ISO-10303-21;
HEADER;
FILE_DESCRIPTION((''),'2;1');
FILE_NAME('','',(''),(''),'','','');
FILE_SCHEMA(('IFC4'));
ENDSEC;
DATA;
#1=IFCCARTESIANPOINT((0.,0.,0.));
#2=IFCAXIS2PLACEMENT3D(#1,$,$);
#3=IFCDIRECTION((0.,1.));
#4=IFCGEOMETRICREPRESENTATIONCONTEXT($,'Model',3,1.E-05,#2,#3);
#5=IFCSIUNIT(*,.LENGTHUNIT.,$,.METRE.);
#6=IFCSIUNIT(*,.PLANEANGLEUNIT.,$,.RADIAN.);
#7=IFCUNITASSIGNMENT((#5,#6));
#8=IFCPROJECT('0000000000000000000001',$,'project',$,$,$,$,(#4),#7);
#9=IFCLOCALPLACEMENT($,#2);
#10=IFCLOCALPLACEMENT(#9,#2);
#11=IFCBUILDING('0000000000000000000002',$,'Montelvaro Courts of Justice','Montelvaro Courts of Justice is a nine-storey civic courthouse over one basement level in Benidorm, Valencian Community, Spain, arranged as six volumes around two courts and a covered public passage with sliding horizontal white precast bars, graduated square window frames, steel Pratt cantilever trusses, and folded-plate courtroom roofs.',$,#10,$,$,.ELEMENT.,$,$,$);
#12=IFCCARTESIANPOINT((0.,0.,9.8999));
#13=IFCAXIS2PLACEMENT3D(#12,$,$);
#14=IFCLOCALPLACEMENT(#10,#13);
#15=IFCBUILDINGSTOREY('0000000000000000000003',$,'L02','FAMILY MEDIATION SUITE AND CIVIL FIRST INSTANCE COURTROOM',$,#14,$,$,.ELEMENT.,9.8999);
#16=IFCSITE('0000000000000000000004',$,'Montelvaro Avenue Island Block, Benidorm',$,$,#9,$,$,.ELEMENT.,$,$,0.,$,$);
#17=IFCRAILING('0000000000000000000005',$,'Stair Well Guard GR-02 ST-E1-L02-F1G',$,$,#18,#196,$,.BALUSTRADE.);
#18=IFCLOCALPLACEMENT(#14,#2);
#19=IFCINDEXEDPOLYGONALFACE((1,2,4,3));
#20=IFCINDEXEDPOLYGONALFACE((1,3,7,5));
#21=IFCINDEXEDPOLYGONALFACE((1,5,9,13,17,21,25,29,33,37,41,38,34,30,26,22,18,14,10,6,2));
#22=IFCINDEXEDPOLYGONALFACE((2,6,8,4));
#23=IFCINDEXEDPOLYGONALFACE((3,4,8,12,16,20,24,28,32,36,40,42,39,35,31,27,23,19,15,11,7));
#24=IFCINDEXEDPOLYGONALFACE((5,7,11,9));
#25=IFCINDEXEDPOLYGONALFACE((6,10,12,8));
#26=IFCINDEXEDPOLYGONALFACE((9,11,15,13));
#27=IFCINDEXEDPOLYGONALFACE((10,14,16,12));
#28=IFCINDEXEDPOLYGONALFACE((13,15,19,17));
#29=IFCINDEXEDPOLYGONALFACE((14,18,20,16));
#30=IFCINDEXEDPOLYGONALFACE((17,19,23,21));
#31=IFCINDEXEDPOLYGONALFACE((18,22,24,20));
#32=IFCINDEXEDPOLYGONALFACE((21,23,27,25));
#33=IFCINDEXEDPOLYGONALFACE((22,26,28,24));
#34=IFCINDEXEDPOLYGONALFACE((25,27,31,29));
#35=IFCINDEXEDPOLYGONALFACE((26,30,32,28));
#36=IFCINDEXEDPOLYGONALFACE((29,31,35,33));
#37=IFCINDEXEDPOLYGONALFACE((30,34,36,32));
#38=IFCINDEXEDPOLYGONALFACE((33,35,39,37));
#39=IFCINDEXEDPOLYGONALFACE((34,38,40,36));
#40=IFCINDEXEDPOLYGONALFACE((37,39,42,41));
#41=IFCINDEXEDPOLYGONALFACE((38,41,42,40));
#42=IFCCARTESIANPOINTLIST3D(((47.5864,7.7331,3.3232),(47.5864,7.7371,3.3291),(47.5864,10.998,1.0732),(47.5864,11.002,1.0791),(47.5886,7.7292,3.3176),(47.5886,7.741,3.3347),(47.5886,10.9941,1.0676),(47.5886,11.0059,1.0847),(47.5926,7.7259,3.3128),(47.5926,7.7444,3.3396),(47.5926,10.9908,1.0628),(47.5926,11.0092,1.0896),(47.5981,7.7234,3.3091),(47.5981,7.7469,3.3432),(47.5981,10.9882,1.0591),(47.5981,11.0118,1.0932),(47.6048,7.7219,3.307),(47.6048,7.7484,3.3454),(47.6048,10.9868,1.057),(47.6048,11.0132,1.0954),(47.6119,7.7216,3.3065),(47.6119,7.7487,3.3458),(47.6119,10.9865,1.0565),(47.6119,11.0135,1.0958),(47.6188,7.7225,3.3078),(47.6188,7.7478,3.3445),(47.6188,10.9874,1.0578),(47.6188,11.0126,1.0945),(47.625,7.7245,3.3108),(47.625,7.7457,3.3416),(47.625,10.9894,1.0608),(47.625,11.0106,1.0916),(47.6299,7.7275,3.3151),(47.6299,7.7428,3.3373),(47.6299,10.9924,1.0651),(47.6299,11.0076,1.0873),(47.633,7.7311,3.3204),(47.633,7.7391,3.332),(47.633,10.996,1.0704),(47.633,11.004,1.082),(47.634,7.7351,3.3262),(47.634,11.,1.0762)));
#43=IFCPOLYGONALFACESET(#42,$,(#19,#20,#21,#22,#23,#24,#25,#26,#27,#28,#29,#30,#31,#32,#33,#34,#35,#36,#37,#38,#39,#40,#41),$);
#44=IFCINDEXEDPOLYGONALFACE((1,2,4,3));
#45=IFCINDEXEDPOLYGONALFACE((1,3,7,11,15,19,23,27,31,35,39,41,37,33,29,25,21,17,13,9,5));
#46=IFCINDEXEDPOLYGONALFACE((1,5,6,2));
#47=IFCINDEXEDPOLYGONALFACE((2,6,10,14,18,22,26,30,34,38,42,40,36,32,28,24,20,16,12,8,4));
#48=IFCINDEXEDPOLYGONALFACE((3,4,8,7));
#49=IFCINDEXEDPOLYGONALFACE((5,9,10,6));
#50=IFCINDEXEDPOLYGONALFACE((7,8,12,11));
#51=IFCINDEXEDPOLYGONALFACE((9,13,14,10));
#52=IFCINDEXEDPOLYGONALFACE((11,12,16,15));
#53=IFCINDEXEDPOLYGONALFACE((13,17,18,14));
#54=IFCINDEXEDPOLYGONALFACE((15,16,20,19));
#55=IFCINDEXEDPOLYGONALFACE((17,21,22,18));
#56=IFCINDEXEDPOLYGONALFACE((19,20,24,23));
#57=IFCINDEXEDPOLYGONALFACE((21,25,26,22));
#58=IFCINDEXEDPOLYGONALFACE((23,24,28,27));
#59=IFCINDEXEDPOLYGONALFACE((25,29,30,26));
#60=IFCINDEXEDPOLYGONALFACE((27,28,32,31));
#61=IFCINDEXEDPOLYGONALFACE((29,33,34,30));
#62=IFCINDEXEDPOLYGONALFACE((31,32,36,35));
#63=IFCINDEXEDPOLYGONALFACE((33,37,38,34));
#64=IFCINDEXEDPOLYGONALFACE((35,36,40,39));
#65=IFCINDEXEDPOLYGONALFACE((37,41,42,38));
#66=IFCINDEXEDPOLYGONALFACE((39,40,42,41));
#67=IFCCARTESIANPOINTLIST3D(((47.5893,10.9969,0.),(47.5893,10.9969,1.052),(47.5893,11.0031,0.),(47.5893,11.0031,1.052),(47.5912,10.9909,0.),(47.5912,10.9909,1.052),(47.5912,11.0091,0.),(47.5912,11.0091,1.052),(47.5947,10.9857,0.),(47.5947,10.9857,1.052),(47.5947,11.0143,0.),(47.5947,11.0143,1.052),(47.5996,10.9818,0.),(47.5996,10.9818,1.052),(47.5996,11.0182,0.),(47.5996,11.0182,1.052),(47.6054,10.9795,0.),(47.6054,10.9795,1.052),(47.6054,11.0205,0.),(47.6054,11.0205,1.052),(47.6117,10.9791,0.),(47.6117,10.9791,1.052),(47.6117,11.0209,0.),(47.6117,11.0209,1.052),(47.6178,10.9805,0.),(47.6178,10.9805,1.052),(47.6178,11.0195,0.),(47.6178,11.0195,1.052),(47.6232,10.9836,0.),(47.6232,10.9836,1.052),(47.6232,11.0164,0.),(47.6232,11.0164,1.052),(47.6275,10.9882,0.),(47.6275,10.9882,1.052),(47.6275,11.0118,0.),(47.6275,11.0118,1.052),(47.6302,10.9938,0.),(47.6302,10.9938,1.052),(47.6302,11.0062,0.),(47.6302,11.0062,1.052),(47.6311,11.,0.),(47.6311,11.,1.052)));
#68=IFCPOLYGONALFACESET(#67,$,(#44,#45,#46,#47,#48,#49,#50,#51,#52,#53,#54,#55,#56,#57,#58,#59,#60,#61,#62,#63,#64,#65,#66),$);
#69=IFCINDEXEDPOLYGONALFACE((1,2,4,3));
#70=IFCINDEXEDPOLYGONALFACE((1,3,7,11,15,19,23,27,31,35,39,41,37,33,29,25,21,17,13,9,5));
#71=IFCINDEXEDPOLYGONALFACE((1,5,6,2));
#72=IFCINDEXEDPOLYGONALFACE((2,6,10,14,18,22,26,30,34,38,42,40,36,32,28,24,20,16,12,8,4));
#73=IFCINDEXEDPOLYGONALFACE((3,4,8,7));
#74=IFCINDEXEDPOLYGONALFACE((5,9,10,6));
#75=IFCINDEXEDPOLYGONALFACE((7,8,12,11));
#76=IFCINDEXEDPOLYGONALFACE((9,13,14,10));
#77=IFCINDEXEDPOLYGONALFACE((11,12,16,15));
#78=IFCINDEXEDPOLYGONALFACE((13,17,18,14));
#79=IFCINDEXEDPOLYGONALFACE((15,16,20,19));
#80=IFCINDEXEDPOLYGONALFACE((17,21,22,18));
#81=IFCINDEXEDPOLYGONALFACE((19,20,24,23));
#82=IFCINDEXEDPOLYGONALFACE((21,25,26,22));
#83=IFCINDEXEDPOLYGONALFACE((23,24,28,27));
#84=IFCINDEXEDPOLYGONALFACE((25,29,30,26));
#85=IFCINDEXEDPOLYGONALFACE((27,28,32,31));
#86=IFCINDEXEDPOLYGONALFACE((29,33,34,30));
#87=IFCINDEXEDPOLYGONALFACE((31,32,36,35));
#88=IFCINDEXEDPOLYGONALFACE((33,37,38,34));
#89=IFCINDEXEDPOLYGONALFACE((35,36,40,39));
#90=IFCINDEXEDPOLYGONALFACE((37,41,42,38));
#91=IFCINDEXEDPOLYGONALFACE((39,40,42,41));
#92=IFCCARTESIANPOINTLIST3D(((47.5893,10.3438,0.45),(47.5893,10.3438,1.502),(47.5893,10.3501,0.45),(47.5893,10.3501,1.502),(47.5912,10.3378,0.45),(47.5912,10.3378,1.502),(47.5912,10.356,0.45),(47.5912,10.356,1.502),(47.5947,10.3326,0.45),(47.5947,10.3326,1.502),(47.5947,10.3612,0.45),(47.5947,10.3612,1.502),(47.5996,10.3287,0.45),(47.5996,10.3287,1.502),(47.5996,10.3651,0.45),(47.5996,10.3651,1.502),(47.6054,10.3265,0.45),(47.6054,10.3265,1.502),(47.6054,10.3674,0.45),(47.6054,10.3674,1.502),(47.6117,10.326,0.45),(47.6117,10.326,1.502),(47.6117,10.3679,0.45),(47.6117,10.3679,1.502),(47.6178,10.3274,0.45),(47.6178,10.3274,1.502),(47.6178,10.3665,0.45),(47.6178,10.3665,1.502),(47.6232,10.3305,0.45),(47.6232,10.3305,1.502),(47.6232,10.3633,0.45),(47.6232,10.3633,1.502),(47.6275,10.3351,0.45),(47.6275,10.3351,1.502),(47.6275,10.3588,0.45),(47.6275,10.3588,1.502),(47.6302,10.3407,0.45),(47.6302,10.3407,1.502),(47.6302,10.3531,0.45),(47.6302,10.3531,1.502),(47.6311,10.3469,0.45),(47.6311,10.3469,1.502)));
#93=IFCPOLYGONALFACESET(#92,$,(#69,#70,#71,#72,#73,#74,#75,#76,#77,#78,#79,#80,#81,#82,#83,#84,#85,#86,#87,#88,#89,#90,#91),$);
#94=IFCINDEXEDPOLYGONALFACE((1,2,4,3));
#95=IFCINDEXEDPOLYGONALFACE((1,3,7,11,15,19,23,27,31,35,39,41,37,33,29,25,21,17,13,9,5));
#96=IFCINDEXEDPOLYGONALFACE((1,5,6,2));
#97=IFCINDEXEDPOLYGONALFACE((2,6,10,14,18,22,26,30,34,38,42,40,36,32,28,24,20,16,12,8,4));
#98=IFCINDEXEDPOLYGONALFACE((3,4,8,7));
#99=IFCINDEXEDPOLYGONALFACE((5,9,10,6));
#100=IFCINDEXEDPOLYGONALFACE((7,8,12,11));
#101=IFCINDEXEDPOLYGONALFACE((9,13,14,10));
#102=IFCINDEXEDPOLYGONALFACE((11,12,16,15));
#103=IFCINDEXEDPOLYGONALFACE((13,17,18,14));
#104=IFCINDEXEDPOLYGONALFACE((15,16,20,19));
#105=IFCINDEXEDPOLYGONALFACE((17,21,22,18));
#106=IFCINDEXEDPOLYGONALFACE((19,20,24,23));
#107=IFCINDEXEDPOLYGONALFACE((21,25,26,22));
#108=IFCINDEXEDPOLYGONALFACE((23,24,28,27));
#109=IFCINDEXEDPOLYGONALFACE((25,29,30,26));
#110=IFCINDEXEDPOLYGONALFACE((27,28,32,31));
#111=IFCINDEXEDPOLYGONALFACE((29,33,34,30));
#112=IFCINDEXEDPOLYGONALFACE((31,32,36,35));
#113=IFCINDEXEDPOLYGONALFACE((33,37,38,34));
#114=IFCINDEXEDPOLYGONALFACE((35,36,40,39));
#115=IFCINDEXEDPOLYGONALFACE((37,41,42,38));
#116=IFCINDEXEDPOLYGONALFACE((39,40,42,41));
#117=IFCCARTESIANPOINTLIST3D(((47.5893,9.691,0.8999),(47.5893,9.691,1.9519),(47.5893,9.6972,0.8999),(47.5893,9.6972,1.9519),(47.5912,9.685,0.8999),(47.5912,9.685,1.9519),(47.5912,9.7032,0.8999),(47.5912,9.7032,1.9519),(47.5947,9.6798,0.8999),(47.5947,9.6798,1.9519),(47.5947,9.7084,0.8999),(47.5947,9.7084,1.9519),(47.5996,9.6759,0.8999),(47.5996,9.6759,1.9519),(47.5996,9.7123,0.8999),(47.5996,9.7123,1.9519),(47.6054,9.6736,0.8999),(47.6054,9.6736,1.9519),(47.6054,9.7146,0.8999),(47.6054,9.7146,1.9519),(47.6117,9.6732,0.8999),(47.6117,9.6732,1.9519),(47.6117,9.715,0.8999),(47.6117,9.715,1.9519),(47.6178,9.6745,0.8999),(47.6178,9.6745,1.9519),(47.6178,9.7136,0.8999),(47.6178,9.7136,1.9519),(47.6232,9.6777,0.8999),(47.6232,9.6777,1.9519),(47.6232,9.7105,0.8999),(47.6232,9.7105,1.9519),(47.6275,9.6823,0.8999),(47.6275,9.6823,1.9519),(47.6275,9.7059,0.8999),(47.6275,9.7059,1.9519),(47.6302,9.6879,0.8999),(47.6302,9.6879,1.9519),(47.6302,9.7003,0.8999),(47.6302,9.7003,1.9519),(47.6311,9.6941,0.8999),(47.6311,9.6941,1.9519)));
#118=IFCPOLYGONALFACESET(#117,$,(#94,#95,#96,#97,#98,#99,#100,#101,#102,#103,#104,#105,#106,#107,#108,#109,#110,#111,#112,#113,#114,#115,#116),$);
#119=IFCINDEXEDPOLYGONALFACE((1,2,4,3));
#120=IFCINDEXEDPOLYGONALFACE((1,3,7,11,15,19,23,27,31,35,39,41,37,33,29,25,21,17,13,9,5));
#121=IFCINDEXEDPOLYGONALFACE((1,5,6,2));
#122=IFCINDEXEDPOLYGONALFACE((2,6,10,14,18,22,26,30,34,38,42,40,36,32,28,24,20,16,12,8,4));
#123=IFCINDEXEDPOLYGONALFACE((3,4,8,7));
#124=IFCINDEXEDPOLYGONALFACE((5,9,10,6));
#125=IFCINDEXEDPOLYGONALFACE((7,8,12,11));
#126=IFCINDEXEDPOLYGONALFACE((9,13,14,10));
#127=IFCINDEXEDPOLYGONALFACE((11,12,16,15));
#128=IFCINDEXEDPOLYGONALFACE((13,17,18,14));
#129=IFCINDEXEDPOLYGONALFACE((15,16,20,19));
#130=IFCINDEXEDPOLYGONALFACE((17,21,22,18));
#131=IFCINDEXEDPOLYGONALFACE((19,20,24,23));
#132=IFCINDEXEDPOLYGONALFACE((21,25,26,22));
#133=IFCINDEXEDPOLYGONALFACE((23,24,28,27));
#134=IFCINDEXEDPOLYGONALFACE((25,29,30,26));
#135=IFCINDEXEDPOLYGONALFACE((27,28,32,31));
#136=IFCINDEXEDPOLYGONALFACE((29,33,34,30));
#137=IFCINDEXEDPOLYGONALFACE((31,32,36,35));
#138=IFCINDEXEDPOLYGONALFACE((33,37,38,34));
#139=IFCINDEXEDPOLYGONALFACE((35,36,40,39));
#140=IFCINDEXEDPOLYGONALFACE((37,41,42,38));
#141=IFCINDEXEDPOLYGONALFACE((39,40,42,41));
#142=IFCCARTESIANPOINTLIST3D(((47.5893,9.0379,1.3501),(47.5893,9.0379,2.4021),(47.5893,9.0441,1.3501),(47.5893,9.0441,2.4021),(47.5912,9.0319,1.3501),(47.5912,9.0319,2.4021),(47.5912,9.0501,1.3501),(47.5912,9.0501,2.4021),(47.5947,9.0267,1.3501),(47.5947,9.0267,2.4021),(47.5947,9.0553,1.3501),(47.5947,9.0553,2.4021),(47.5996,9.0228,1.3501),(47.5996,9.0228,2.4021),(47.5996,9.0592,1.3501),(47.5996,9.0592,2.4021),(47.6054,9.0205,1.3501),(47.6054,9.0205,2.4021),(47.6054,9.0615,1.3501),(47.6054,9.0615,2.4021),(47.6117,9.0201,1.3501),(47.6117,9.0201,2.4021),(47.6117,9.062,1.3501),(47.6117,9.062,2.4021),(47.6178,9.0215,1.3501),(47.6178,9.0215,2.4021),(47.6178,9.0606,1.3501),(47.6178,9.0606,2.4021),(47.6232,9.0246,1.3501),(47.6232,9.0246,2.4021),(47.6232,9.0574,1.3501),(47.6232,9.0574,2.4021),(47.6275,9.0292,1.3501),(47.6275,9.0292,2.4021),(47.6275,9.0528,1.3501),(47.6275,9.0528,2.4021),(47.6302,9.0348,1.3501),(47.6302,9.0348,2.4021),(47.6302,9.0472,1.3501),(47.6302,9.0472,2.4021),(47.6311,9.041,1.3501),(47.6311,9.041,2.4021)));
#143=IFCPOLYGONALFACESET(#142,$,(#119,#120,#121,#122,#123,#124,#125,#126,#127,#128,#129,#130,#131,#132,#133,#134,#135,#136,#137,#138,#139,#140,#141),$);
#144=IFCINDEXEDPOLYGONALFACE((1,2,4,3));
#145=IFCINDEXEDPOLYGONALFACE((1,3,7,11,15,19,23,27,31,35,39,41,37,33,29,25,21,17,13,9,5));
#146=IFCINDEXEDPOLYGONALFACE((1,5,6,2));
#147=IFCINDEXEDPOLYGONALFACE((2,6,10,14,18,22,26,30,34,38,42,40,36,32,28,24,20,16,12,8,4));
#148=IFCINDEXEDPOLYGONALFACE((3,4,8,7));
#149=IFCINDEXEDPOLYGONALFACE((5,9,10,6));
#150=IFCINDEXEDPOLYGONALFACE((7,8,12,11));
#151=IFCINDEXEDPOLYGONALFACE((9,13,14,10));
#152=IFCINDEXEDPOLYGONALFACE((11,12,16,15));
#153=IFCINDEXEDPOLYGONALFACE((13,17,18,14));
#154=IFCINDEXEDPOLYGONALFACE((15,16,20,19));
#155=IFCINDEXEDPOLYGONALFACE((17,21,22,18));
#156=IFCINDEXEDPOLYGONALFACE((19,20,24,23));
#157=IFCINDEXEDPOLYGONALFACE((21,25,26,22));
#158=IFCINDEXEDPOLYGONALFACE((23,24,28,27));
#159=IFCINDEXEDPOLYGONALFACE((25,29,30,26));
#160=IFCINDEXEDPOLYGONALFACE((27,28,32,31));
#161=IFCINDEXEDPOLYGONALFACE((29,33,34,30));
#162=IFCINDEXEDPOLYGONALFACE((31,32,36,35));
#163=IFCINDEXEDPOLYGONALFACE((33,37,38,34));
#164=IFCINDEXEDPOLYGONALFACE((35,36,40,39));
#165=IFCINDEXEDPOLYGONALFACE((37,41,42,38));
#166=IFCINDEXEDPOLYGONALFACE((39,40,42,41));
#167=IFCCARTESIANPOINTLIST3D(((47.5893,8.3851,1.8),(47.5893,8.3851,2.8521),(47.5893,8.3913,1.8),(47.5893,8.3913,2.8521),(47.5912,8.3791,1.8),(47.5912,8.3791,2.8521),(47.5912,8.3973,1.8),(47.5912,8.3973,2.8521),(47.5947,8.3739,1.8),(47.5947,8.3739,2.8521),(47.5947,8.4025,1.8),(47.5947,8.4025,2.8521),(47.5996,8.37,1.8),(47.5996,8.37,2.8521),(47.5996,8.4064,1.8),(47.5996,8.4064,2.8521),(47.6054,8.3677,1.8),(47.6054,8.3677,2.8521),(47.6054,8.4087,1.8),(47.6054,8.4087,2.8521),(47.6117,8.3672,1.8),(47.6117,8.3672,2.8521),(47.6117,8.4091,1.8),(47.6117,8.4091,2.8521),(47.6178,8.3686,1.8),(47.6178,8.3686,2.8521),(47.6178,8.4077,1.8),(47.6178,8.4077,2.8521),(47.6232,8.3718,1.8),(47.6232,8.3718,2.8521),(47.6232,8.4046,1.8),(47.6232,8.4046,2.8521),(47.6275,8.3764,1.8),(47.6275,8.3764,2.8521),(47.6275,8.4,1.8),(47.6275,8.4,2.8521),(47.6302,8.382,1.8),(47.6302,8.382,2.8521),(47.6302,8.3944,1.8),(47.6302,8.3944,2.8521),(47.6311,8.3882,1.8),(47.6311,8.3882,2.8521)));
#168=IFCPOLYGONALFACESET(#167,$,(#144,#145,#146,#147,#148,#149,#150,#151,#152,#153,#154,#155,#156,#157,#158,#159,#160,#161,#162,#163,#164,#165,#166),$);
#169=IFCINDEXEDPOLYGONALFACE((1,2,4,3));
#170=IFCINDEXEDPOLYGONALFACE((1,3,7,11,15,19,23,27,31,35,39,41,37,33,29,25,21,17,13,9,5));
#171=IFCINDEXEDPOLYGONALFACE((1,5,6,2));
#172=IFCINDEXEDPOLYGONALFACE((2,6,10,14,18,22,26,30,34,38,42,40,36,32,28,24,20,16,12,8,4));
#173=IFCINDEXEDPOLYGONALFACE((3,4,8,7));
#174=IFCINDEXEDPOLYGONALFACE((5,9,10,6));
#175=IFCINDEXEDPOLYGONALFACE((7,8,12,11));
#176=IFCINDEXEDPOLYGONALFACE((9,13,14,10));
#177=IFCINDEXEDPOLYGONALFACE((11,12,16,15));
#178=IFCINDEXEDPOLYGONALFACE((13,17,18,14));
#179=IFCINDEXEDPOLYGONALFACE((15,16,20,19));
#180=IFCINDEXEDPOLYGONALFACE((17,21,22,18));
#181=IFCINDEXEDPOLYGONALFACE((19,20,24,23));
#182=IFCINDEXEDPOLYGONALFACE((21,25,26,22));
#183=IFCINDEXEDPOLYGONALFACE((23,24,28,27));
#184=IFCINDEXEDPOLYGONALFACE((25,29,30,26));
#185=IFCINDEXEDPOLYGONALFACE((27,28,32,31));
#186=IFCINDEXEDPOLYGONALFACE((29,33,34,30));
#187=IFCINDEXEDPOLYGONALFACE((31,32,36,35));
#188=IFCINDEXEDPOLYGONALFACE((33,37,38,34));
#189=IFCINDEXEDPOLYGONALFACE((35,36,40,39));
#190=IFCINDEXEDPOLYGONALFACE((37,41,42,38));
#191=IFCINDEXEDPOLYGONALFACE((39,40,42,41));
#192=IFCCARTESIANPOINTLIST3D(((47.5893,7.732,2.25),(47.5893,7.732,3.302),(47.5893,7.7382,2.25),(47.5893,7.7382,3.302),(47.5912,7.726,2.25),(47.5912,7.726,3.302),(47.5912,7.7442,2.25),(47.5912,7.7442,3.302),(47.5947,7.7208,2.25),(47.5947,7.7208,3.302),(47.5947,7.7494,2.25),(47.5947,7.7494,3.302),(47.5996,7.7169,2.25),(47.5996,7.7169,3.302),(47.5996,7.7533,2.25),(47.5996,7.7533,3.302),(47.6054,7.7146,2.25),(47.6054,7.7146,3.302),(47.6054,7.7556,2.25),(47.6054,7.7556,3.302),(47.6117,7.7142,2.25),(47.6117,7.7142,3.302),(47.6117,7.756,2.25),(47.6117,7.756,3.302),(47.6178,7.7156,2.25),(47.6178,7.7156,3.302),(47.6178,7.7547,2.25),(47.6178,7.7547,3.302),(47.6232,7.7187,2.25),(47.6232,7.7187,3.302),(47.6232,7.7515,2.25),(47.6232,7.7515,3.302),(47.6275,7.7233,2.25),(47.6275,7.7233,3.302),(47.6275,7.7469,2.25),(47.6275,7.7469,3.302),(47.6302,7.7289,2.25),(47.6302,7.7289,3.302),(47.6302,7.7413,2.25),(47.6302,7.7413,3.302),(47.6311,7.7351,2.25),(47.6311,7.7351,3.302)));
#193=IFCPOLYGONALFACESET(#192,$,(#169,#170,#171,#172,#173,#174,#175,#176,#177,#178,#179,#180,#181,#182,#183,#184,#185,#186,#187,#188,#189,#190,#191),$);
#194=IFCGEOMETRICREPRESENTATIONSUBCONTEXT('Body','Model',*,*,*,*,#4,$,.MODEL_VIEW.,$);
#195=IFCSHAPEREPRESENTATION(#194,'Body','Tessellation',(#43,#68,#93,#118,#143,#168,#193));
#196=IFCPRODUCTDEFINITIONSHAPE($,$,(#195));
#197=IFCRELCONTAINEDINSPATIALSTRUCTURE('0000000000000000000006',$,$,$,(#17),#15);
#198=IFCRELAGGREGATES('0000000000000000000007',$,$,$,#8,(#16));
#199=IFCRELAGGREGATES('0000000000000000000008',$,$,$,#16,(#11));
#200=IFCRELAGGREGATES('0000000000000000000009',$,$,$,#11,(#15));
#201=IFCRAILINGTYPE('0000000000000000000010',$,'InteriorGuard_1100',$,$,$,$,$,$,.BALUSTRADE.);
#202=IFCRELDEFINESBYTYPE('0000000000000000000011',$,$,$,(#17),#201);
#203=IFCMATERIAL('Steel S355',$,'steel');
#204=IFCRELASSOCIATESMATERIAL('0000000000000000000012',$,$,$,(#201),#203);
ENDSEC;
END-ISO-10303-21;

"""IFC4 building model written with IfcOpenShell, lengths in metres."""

from ifc_helpers import new_model, si_unit, direction, frame, origin, origin_2d, place, context, subcontext, project, spatial, circle, extrude, material, type_object, element, save


model = new_model("IFC4")

# Units and contexts
model_context = context("Model", 3, precision=1e-05, world=origin(), true_north=direction((0.0, 1.0)))
body_context = subcontext(model_context, "Body", "Model", "MODEL_VIEW")
ifc_project = project(units=[si_unit("LENGTHUNIT", "METRE"), si_unit("PLANEANGLEUNIT", "RADIAN")], contexts=[model_context])

# Site, building, storey
site_placement = place(None, origin())
site = spatial("IfcSite", under=ifc_project, at=site_placement, Name="Montelvaro Avenue Island Block, Benidorm", CompositionType="ELEMENT", RefElevation=0.0)
building_placement = place(site_placement, origin())
building = spatial("IfcBuilding", under=site, at=building_placement, Name="Montelvaro Courts of Justice", Description="Montelvaro Courts of Justice is a nine-storey civic courthouse over one basement level in Benidorm, Valencian Community, Spain, arranged as six volumes around two courts and a covered public passage with sliding horizontal white precast bars, graduated square window frames, steel Pratt cantilever trusses, and folded-plate courtroom roofs.", CompositionType="ELEMENT")
storey_placement = place(building_placement, frame((0.0, 0.0, 9.8999)))
storey = spatial("IfcBuildingStorey", under=building, at=storey_placement, Name="L02", Description="FAMILY MEDIATION SUITE AND CIVIL FIRST INSTANCE COURTROOM", CompositionType="ELEMENT", Elevation=9.8999)

# Shared definitions
ifc_material_1 = material(Name="Steel S355", Category="steel")

# Railing
railing_type_1 = type_object("IfcRailingType", Name="InteriorGuard_1100", PredefinedType="BALUSTRADE", material=ifc_material_1)
railing_1_placement = place(storey_placement, frame((47.6101, 11.0, 0.0)))
element("IfcRailing", 1, at=railing_1_placement, inside=storey, type_object=railing_type_1, Name="Stair Well Guard GR-02 ST-E1-L02-F1G", PredefinedType="BALUSTRADE", context=body_context, shape_type="SweptSolid", body=[
    extrude(circle(Radius=0.0239, at=origin_2d()), frame((0.0, 0.0, 1.0762), z_axis=(0.0, -0.823407, 0.567451), x_axis=(1.0, 0.0, 0.0)), (0.0, 0.0, 1.0), 3.9651),
    extrude(circle(Radius=0.021, at=origin_2d()), origin(), (0.0, 0.0, 1.0), 1.052),
    extrude(circle(Radius=0.021, at=origin_2d()), frame((0.0, -0.6531, 0.45)), (0.0, 0.0, 1.0), 1.052),
    extrude(circle(Radius=0.021, at=origin_2d()), frame((0.0, -1.3059, 0.8999)), (0.0, 0.0, 1.0), 1.052),
    extrude(circle(Radius=0.021, at=origin_2d()), frame((0.0, -1.959, 1.3501)), (0.0, 0.0, 1.0), 1.052),
    extrude(circle(Radius=0.021, at=origin_2d()), frame((0.0, -2.6118, 1.8)), (0.0, 0.0, 1.0), 1.052),
    extrude(circle(Radius=0.021, at=origin_2d()), frame((0.0, -3.2649, 2.25)), (0.0, 0.0, 1.0), 1.052),
])

save(model, "model.ifc")
